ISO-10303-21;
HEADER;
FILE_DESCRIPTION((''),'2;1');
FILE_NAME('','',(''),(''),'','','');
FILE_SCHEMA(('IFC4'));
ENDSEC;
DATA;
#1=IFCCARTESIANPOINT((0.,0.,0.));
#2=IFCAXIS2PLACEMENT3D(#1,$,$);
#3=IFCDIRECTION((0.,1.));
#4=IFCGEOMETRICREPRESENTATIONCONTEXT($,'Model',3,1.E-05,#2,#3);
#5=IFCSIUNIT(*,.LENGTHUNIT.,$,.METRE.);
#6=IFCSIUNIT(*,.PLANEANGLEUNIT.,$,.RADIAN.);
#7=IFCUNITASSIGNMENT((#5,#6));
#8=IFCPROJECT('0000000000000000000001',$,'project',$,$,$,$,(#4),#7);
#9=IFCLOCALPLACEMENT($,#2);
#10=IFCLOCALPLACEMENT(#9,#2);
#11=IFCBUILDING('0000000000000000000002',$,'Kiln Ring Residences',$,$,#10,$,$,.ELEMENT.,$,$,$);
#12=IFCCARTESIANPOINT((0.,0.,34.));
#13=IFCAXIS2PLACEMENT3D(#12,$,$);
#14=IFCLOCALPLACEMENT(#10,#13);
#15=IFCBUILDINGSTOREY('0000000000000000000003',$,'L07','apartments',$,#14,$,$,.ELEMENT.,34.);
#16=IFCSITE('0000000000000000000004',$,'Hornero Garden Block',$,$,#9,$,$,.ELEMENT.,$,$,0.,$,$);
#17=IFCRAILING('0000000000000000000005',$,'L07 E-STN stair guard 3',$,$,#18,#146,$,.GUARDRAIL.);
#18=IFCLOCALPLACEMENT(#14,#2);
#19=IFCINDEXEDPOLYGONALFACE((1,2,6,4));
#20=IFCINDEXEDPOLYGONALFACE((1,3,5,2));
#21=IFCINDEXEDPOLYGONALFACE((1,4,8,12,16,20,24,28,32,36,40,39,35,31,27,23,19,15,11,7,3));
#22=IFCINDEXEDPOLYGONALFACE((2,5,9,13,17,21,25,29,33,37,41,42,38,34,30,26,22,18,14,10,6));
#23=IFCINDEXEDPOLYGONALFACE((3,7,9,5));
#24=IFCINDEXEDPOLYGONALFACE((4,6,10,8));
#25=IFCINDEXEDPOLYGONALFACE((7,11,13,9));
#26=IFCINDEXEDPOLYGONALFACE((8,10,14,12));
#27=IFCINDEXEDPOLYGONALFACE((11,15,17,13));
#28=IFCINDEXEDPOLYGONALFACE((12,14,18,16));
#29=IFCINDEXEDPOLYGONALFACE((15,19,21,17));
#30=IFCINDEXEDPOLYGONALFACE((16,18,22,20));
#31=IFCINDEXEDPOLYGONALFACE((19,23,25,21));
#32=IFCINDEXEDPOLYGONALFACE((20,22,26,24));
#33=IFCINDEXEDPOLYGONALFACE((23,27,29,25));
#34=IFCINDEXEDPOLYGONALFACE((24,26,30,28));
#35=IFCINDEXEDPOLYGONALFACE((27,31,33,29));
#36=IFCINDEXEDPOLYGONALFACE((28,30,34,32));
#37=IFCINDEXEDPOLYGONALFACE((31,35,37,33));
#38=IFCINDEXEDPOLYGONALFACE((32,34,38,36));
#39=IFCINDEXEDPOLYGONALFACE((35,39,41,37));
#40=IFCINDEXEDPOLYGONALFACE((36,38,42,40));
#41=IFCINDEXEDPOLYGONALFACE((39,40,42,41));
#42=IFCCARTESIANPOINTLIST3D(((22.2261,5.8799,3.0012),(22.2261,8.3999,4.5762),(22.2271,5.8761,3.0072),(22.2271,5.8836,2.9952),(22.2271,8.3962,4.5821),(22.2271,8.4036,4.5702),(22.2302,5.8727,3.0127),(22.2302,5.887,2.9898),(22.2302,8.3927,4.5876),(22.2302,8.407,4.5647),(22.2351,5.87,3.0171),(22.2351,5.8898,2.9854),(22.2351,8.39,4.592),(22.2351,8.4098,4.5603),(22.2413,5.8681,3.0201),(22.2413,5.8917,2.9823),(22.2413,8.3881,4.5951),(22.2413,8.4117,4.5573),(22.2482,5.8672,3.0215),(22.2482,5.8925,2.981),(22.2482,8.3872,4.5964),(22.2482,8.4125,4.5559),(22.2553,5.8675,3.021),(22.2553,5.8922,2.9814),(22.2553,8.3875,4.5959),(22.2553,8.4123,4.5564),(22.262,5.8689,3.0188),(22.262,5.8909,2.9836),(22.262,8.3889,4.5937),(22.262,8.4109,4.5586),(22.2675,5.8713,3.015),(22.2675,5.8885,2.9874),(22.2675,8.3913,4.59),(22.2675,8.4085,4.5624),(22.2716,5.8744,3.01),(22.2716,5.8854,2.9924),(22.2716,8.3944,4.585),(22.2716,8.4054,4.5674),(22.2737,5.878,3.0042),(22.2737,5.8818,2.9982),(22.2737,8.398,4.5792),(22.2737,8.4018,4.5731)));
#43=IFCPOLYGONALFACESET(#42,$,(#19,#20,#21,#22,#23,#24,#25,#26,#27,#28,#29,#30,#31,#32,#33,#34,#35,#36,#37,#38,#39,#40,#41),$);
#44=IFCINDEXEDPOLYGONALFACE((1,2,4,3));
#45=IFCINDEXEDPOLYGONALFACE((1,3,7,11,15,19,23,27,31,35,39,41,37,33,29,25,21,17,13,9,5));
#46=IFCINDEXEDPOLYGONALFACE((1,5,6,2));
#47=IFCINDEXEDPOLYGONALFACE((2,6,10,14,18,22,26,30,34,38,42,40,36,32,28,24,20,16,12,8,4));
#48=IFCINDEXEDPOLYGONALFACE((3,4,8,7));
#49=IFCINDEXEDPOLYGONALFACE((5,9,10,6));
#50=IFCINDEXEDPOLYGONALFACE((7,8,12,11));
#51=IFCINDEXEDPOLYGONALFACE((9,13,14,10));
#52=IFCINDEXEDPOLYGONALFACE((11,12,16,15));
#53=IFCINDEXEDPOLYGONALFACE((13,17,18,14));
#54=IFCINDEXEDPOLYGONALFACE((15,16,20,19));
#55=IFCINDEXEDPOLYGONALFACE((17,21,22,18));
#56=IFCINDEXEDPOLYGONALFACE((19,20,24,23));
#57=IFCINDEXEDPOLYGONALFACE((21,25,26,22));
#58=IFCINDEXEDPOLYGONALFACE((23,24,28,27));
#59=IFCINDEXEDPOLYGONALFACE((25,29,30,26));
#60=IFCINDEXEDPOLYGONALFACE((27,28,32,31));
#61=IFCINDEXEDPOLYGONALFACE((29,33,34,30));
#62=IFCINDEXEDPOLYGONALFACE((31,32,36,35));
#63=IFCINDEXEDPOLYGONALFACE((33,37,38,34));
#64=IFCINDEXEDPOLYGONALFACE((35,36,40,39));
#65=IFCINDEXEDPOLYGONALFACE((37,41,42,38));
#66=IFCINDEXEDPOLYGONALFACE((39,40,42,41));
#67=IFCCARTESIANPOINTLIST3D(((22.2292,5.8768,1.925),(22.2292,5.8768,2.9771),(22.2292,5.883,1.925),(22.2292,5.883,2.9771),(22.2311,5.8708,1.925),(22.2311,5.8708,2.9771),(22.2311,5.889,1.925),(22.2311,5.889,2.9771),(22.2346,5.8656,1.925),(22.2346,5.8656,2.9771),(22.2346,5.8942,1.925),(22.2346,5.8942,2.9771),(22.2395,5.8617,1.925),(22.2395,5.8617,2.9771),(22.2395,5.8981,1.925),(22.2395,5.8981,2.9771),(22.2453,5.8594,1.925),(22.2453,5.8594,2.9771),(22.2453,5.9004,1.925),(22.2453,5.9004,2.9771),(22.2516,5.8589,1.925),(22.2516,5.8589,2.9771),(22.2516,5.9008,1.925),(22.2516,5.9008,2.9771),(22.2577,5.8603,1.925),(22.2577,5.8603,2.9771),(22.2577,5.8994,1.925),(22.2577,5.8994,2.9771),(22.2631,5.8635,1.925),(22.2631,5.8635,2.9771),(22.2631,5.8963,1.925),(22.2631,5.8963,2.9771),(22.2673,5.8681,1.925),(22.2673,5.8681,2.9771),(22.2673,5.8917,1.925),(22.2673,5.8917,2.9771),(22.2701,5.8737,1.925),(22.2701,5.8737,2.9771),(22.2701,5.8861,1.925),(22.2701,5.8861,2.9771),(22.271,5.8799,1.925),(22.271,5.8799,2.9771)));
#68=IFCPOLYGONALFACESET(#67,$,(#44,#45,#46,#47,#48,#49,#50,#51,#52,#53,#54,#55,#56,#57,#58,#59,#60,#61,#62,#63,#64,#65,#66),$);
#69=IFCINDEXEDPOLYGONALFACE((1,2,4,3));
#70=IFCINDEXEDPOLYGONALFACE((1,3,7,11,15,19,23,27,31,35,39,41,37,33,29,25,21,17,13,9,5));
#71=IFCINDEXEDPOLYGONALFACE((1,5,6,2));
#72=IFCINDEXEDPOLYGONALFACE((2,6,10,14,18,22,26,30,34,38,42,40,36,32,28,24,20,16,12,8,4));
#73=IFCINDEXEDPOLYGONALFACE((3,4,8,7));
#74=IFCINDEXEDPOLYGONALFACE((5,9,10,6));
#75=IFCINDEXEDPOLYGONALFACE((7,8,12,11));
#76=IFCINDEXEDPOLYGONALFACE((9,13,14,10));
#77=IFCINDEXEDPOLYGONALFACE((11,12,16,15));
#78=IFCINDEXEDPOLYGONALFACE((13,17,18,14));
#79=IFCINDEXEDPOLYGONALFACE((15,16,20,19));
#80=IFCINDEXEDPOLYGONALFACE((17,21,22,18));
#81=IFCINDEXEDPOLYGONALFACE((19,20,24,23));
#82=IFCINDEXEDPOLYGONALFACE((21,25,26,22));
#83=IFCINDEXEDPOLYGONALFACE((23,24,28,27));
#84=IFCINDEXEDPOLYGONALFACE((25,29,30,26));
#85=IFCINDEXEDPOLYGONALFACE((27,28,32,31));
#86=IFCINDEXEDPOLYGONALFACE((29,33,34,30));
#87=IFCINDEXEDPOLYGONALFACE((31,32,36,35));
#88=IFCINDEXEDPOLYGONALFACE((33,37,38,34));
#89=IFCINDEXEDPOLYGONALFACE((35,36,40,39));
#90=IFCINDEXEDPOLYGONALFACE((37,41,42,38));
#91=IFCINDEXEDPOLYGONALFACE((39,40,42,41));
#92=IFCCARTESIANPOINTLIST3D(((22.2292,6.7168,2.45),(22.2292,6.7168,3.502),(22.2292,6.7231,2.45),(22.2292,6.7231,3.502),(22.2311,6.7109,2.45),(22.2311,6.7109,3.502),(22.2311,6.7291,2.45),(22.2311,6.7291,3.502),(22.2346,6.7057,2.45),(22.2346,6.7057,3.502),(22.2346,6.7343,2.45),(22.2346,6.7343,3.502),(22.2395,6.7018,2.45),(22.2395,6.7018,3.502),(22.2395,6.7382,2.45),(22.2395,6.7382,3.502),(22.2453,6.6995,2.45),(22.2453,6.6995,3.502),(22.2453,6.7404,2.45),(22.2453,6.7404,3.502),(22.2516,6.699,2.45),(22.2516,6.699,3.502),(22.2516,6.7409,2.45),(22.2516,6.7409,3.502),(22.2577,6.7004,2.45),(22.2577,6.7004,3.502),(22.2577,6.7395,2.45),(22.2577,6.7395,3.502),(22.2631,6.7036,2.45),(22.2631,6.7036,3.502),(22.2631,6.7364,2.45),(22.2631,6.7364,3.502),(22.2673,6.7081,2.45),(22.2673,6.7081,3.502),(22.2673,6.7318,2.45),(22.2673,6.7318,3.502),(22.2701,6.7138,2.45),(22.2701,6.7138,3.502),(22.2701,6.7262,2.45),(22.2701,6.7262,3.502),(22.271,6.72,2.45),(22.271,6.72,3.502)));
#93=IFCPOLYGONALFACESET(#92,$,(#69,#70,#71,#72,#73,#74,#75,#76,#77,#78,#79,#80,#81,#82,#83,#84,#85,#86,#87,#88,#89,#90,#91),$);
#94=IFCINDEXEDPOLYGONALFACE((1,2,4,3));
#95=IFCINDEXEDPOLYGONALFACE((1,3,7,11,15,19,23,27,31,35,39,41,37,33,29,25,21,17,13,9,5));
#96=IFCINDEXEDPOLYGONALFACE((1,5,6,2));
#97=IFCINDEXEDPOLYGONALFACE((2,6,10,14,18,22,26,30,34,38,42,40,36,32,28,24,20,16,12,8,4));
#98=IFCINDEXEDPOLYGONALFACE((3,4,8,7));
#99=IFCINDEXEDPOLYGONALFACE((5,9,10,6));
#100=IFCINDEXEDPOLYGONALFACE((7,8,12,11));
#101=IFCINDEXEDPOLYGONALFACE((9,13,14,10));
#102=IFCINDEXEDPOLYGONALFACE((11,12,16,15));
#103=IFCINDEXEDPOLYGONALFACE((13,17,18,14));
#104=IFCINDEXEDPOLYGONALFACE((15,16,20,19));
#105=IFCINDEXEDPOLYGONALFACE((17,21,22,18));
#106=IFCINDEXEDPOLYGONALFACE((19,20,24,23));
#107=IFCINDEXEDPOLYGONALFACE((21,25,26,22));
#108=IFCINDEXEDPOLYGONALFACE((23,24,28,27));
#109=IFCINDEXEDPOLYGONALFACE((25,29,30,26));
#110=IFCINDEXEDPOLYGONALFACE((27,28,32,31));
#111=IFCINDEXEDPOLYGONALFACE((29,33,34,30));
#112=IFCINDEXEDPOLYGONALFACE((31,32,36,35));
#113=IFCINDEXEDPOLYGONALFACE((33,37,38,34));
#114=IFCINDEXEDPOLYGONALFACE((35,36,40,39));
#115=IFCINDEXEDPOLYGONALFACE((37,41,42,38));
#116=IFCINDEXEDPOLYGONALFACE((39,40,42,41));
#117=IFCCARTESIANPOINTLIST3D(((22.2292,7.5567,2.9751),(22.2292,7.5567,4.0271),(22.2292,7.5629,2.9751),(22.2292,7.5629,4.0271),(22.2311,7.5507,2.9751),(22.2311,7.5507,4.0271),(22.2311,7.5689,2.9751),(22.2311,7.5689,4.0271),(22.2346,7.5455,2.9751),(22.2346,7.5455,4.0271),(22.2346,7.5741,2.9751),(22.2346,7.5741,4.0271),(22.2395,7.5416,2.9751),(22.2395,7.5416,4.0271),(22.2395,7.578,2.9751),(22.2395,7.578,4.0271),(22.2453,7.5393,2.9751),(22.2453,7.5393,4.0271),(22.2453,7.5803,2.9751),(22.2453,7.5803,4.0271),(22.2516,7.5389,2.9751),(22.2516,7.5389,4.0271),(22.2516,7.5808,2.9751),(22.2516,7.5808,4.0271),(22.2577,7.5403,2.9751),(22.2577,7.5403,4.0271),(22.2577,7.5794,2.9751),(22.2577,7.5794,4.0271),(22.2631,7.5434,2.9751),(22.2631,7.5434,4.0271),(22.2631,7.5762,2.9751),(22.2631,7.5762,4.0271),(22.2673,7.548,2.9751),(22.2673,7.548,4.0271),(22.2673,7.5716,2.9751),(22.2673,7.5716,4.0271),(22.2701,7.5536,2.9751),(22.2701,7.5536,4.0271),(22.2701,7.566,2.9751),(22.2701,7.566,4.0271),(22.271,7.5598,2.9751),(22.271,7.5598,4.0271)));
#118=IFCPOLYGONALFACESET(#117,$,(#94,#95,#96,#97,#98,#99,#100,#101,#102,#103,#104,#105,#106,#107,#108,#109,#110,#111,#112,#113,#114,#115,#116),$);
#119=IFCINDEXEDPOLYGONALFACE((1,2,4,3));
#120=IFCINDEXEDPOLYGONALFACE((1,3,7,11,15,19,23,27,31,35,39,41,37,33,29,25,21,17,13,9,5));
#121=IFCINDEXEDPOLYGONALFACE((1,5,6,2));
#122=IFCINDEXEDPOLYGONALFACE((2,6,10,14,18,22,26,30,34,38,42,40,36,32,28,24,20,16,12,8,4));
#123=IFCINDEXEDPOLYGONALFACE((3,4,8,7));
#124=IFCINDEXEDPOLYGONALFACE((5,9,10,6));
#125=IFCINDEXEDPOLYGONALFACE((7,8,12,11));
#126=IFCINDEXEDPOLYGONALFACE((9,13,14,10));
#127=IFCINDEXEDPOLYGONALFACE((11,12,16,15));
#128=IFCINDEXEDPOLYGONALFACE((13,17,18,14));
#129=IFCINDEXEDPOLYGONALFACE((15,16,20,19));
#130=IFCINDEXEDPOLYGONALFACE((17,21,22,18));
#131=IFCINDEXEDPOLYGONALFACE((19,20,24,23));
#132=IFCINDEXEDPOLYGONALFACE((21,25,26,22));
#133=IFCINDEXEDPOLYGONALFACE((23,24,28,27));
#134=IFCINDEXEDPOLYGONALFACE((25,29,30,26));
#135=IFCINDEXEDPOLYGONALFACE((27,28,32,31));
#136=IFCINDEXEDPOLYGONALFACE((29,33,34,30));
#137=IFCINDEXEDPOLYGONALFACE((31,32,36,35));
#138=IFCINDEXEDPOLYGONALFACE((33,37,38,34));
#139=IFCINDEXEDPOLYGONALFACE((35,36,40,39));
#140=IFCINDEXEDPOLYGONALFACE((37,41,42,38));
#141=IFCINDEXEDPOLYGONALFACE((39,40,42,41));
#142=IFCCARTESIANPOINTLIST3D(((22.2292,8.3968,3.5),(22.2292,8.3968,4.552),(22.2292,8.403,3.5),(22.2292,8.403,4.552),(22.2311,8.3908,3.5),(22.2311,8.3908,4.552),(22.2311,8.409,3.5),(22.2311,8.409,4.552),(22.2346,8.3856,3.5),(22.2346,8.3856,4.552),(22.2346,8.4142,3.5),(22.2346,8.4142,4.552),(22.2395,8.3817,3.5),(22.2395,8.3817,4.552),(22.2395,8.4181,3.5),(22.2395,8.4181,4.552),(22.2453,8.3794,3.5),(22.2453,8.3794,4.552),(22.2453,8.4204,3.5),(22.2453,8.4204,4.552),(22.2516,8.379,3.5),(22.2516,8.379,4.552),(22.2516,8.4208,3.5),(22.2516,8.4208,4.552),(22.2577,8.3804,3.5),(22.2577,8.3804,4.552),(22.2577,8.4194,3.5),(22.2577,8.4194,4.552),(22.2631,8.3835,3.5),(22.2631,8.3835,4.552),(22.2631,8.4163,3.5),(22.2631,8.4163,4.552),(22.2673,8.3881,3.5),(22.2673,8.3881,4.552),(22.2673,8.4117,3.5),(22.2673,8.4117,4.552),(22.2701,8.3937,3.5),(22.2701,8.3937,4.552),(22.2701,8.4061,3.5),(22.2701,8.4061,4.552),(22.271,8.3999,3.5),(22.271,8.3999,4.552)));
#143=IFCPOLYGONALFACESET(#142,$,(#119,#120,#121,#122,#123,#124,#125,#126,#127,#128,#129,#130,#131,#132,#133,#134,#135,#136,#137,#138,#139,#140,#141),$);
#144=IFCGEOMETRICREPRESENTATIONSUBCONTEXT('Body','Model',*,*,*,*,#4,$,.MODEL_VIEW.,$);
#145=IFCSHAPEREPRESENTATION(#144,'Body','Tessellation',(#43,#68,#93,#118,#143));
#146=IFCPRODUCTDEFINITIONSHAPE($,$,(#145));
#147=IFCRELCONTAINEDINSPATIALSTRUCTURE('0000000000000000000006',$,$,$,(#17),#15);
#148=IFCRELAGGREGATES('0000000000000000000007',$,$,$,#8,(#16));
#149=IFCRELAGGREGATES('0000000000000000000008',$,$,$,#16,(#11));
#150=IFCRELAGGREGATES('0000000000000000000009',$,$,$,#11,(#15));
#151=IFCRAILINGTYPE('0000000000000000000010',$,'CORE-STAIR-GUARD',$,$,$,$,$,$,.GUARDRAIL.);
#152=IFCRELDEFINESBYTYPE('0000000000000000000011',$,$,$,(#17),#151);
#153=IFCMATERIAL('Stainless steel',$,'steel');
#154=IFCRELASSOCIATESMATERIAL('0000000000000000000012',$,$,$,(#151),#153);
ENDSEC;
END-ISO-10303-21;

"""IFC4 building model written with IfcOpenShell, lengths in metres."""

from ifc_helpers import new_model, si_unit, direction, frame, origin, origin_2d, place, context, subcontext, project, spatial, circle, extrude, material, type_object, element, save


model = new_model("IFC4")

# Units and contexts
model_context = context("Model", 3, precision=1e-05, world=origin(), true_north=direction((0.0, 1.0)))
body_context = subcontext(model_context, "Body", "Model", "MODEL_VIEW")
ifc_project = project(units=[si_unit("LENGTHUNIT", "METRE"), si_unit("PLANEANGLEUNIT", "RADIAN")], contexts=[model_context])

# Site, building, storey
site_placement = place(None, origin())
site = spatial("IfcSite", under=ifc_project, at=site_placement, Name="Hornero Garden Block", CompositionType="ELEMENT", RefElevation=0.0)
building_placement = place(site_placement, origin())
building = spatial("IfcBuilding", under=site, at=building_placement, Name="Kiln Ring Residences", CompositionType="ELEMENT")
storey_placement = place(building_placement, frame((0.0, 0.0, 34.0)))
storey = spatial("IfcBuildingStorey", under=building, at=storey_placement, Name="L07", Description="apartments", CompositionType="ELEMENT", Elevation=34.0)

# Railing
ifc_material_1 = material(Name="Stainless steel", Category="steel")
railing_type_1 = type_object("IfcRailingType", Name="CORE-STAIR-GUARD", PredefinedType="GUARDRAIL", material=ifc_material_1)
railing_1_placement = place(storey_placement, frame((22.25, 5.8799, 1.925)))
element("IfcRailing", 1, at=railing_1_placement, inside=storey, type_object=railing_type_1, Name="L07 E-STN stair guard 3", PredefinedType="GUARDRAIL", context=body_context, shape_type="SweptSolid", body=[
    extrude(circle(Radius=0.0239, at=origin_2d()), frame((0.0, 0.0, 1.0762), z_axis=(0.0, 0.848008, 0.529984), x_axis=(-1.0, 0.0, 0.0)), (0.0, 0.0, 1.0), 2.9717),
    extrude(circle(Radius=0.021, at=origin_2d()), origin(), (0.0, 0.0, 1.0), 1.052),
    extrude(circle(Radius=0.021, at=origin_2d()), frame((0.0, 0.8401, 0.5249)), (0.0, 0.0, 1.0), 1.052),
    extrude(circle(Radius=0.021, at=origin_2d()), frame((0.0, 1.6799, 1.05)), (0.0, 0.0, 1.0), 1.052),
    extrude(circle(Radius=0.021, at=origin_2d()), frame((0.0, 2.52, 1.575)), (0.0, 0.0, 1.0), 1.052),
])

save(model, "model.ifc")
